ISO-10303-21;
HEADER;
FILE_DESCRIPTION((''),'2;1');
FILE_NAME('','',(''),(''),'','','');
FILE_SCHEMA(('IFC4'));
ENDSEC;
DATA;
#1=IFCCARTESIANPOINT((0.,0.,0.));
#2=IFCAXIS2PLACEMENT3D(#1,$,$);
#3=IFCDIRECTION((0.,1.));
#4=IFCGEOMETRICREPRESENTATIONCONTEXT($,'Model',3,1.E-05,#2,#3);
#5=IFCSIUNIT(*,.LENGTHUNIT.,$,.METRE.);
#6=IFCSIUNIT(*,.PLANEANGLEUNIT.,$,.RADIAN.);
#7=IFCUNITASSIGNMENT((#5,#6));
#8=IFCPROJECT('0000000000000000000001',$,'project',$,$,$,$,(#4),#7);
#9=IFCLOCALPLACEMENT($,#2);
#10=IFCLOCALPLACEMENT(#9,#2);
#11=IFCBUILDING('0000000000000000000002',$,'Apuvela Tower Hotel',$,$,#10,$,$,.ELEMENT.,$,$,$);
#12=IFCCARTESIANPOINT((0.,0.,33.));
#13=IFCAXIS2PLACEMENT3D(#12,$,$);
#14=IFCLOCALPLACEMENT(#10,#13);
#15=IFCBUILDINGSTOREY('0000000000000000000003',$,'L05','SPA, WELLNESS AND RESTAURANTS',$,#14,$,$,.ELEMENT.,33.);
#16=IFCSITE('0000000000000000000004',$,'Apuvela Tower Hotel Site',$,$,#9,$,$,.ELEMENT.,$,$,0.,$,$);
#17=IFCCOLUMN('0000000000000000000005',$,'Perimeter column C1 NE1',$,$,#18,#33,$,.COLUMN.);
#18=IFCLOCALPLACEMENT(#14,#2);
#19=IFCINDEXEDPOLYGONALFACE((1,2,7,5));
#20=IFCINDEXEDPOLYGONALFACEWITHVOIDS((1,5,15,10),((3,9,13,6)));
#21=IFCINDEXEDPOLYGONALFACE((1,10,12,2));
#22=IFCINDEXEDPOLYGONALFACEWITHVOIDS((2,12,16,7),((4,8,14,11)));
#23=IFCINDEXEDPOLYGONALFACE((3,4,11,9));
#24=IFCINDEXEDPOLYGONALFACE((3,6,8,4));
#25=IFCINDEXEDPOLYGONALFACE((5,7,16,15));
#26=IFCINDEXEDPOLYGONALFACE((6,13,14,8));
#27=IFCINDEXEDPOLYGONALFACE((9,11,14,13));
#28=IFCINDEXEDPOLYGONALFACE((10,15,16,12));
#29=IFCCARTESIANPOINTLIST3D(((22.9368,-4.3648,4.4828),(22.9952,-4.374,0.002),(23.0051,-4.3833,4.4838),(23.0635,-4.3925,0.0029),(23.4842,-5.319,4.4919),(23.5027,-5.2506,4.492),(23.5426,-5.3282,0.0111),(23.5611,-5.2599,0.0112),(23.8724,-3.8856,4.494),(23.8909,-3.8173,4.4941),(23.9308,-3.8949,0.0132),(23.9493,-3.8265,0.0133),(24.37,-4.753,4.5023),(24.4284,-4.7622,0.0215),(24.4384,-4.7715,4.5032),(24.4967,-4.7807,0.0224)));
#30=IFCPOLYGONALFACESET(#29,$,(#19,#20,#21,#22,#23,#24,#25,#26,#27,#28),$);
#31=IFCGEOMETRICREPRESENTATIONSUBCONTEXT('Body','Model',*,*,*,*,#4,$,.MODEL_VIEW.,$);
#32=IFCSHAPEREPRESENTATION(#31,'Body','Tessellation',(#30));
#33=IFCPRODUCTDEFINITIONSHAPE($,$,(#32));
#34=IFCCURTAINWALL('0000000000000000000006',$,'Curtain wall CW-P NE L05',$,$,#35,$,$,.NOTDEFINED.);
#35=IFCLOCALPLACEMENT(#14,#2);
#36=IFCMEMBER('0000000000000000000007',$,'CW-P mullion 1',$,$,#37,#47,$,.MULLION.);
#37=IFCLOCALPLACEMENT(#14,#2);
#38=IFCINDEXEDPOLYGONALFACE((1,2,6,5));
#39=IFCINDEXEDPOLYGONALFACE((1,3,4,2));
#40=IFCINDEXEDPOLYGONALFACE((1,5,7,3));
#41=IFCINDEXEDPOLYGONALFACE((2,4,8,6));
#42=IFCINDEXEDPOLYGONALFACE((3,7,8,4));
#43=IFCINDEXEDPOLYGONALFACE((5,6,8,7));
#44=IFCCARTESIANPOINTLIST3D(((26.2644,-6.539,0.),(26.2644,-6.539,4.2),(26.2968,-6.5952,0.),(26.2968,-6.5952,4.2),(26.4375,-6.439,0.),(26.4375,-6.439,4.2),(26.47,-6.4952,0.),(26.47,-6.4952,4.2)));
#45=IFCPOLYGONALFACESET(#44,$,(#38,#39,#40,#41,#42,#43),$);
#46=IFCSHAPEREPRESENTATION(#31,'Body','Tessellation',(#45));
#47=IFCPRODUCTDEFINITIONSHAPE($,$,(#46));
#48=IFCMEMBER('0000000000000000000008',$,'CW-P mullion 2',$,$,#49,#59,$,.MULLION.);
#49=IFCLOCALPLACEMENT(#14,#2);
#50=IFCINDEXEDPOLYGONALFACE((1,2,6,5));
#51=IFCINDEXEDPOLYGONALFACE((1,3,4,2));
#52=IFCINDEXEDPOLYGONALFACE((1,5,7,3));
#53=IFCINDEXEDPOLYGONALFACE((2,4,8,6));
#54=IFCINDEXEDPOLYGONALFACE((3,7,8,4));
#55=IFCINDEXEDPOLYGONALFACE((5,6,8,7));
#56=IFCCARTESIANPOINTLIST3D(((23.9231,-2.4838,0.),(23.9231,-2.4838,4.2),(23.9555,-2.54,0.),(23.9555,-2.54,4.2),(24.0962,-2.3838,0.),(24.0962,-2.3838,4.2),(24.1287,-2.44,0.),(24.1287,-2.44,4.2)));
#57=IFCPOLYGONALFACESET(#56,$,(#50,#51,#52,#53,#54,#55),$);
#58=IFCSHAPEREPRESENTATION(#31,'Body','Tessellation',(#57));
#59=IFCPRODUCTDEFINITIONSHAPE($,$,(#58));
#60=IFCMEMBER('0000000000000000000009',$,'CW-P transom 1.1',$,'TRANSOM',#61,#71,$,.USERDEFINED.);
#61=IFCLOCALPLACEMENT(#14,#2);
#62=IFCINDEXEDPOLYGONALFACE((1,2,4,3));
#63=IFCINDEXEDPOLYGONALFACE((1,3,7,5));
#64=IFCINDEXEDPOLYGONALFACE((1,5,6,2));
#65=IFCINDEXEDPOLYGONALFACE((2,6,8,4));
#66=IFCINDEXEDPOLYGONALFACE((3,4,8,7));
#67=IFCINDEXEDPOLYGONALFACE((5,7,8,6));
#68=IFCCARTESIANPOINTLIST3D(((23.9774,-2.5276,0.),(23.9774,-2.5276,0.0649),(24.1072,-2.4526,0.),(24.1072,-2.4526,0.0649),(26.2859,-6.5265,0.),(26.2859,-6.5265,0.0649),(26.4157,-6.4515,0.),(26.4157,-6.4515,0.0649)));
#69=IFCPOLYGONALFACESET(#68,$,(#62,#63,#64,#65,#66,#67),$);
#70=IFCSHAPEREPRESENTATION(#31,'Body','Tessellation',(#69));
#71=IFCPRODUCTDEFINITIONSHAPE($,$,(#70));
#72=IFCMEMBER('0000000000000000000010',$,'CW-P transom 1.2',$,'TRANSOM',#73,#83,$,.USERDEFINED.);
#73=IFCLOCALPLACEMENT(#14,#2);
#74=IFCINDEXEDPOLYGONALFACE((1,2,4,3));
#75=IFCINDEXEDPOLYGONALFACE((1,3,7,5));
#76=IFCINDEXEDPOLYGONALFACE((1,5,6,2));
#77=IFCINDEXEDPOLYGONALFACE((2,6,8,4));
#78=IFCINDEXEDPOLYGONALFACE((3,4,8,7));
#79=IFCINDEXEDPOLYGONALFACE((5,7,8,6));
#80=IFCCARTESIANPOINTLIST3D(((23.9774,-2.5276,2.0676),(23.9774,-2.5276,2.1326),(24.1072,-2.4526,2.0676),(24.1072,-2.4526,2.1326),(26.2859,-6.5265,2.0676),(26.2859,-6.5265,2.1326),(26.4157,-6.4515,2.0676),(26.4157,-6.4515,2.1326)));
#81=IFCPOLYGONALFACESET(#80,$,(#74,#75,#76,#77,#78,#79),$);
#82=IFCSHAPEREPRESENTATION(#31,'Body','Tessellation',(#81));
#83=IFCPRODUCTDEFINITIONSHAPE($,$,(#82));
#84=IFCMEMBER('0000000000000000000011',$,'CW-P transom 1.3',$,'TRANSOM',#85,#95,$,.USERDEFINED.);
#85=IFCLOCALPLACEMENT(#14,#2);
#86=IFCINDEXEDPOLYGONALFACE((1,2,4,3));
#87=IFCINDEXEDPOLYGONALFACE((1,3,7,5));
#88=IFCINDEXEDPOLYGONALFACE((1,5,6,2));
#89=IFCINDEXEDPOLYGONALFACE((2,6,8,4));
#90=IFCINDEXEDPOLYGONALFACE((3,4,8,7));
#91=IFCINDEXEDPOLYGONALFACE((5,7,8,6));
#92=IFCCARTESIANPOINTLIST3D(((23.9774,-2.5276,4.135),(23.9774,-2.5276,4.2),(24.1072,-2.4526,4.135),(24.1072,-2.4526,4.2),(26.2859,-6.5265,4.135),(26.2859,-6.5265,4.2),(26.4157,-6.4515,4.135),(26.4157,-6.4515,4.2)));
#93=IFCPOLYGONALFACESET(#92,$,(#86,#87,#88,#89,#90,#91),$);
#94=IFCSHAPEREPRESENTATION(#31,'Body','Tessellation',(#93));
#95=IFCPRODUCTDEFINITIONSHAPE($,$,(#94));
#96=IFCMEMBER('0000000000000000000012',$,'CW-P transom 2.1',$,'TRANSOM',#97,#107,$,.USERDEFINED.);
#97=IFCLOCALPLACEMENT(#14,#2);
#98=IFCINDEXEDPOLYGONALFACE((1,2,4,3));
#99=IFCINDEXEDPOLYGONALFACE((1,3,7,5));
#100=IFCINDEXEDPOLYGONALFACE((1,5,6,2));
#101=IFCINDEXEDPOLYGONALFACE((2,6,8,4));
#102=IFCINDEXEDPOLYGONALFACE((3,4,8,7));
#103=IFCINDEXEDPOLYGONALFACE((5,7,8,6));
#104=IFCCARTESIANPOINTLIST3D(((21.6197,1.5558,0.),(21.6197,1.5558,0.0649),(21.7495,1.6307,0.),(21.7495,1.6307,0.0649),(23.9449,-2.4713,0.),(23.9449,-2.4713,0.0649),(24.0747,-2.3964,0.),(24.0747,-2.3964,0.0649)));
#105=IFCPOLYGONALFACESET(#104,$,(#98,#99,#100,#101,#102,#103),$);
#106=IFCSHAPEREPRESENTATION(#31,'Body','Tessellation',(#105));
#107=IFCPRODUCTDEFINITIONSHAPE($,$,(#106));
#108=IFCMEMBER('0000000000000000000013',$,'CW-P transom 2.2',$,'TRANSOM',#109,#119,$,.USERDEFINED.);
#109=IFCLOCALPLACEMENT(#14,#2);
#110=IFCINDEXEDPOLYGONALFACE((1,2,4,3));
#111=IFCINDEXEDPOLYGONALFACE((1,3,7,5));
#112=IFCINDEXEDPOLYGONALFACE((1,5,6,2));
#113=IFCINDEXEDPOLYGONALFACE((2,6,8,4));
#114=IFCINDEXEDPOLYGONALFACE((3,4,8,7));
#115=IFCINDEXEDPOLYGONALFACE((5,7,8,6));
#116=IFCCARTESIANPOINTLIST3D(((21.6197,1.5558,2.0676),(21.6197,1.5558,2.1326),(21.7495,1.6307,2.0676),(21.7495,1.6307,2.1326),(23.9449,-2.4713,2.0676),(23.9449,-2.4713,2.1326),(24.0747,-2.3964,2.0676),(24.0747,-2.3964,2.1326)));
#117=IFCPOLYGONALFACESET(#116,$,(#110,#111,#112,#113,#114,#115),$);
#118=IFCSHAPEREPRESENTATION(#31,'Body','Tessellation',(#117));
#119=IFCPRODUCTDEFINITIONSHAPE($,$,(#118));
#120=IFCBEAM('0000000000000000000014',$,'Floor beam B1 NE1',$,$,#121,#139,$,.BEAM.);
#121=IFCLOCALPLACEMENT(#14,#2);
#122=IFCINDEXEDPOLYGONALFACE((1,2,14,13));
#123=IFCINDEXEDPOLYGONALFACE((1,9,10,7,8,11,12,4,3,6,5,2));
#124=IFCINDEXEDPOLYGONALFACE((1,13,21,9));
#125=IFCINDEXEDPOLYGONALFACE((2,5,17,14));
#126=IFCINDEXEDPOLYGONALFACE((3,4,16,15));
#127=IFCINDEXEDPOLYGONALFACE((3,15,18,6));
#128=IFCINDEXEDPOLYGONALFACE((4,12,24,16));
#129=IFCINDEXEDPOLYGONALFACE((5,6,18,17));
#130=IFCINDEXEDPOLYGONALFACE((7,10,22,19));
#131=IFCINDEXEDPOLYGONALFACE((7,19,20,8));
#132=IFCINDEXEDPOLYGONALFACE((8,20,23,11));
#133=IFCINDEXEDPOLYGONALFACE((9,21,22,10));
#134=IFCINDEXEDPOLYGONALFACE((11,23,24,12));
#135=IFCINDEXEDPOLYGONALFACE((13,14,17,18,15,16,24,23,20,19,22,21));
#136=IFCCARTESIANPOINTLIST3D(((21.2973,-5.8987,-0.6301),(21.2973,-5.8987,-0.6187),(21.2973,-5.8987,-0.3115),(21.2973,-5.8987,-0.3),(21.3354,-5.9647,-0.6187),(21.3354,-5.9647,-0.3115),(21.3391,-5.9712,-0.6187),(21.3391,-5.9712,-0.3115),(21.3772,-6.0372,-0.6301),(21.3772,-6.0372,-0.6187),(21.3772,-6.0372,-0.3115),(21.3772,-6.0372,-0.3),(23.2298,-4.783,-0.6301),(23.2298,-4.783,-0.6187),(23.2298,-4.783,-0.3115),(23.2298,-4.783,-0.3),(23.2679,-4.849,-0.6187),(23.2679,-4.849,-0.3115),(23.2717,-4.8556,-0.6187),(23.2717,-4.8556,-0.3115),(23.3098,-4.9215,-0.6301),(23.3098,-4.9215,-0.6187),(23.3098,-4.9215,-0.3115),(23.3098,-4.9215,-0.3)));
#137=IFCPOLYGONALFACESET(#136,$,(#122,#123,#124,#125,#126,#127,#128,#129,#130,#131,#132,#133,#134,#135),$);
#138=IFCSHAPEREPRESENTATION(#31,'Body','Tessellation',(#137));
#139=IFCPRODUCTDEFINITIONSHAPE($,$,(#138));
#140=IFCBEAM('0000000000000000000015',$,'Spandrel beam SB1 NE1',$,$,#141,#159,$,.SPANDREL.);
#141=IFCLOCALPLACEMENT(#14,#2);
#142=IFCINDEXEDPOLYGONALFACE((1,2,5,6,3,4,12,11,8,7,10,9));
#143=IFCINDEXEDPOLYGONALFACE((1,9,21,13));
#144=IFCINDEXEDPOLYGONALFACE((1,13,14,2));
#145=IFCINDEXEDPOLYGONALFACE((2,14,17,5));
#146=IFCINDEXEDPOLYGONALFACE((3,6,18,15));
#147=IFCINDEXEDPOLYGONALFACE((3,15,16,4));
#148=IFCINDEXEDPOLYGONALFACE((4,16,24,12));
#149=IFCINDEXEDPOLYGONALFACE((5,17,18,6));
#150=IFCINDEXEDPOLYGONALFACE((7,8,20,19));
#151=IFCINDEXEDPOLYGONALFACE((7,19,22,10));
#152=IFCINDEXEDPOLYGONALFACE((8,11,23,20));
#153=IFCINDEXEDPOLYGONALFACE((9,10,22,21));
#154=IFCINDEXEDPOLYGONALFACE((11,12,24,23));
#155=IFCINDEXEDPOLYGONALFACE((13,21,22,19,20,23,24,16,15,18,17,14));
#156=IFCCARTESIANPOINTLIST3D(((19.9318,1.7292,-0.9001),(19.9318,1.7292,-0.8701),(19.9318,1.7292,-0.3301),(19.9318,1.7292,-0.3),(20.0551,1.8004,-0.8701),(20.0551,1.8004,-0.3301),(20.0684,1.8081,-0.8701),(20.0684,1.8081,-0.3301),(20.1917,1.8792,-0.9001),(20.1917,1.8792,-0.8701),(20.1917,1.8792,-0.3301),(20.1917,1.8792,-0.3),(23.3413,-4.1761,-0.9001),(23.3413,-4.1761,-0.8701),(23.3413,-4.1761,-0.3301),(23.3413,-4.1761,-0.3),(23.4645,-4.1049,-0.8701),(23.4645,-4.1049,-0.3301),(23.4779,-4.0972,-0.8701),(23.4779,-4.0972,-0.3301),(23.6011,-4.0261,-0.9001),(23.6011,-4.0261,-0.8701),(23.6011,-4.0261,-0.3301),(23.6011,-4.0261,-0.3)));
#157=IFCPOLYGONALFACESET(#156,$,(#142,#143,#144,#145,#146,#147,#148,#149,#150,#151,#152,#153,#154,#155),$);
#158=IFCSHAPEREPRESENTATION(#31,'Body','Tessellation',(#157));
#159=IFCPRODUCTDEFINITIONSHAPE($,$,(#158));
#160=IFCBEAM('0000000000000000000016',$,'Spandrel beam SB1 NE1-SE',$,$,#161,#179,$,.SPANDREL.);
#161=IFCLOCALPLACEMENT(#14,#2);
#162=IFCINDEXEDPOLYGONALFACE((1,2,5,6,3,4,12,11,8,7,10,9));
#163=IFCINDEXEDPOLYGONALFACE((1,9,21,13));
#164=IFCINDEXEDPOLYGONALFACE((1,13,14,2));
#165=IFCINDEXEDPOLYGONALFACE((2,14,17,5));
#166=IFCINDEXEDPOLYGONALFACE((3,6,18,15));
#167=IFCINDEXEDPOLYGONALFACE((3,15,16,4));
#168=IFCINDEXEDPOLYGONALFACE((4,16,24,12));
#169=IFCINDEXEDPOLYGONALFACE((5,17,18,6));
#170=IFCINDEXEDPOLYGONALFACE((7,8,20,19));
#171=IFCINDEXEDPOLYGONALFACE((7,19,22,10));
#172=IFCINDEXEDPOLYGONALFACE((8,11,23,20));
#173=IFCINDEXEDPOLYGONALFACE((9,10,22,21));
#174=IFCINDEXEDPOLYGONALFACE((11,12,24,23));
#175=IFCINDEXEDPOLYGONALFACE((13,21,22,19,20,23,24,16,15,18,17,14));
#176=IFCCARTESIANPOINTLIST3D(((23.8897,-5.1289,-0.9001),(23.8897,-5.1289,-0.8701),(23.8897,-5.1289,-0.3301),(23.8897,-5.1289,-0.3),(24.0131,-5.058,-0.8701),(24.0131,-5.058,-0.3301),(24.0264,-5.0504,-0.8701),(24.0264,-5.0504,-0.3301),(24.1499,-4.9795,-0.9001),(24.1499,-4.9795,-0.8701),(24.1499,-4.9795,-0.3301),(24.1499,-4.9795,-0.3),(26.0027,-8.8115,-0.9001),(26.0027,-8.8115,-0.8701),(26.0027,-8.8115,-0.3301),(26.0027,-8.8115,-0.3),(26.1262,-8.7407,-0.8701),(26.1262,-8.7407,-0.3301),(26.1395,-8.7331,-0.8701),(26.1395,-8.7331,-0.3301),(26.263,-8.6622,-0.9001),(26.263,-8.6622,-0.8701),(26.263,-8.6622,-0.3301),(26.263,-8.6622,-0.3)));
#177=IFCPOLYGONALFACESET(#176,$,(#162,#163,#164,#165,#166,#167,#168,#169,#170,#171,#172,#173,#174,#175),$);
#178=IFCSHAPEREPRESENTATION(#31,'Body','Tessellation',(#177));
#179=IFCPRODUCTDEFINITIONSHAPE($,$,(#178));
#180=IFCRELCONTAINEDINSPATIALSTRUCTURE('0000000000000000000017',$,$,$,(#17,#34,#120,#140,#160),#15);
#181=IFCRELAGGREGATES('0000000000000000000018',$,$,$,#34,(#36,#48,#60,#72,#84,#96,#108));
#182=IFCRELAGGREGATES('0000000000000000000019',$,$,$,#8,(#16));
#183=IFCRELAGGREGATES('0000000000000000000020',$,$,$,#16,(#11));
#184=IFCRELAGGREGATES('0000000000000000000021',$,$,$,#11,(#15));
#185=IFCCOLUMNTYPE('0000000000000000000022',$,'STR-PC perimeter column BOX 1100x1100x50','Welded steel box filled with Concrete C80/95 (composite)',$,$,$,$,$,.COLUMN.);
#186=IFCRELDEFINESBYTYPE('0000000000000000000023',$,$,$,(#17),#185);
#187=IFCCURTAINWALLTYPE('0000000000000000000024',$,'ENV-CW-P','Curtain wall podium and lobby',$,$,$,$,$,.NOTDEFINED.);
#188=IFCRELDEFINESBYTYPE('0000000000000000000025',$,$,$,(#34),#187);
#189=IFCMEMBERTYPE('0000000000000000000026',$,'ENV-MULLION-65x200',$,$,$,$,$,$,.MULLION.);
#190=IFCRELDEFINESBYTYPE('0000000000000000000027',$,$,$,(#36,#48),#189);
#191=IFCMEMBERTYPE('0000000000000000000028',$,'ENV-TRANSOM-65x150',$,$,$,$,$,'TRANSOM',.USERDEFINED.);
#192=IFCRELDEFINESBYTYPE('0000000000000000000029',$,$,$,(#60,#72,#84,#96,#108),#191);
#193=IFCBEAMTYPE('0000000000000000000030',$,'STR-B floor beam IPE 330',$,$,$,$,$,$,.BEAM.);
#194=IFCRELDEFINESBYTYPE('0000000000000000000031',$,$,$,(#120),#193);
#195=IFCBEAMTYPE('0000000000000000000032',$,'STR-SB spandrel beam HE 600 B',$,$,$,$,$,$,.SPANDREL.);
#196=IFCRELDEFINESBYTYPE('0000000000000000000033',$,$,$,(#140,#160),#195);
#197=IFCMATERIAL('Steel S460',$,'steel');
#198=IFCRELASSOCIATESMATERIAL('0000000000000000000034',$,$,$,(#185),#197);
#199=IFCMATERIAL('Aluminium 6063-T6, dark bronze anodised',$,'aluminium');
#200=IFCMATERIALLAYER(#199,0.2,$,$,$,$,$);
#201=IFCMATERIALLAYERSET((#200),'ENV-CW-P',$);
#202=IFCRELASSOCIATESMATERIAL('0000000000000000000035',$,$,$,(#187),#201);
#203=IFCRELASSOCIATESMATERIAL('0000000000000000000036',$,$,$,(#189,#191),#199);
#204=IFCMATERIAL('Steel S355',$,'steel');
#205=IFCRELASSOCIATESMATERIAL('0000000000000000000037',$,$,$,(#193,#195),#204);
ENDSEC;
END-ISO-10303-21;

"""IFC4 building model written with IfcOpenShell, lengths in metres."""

from ifc_helpers import new_model, si_unit, direction, frame, origin, origin_2d, place, context, subcontext, project, spatial, rectangle, hollow_rectangle, i_section, extrude, boolean, halfspace, material, layer, layer_set, material_profile, profile_set, type_object, element, aggregate, save


model = new_model("IFC4")

# Units and contexts
model_context = context("Model", 3, precision=1e-05, world=origin(), true_north=direction((0.0, 1.0)))
body_context = subcontext(model_context, "Body", "Model", "MODEL_VIEW")
ifc_project = project(units=[si_unit("LENGTHUNIT", "METRE"), si_unit("PLANEANGLEUNIT", "RADIAN")], contexts=[model_context])

# Site, building, storey
site_placement = place(None, origin())
site = spatial("IfcSite", under=ifc_project, at=site_placement, Name="Apuvela Tower Hotel Site", CompositionType="ELEMENT", RefElevation=0.0)
building_placement = place(site_placement, origin())
building = spatial("IfcBuilding", under=site, at=building_placement, Name="Apuvela Tower Hotel", CompositionType="ELEMENT")
storey_placement = place(building_placement, frame((0.0, 0.0, 33.0)))
storey = spatial("IfcBuildingStorey", under=building, at=storey_placement, Name="L05", Description="SPA, WELLNESS AND RESTAURANTS", CompositionType="ELEMENT", Elevation=33.0)

# Column
ifc_material_1 = material(Name="Steel S460", Category="steel")
ifc_material_profile_1 = material_profile(ifc_material_1, hollow_rectangle(XDim=1.1001, YDim=1.1001, WallThickness=0.05, at=origin_2d()), Name="BOX 1100x1100x50")
ifc_material_2 = material(Name="Concrete C80/95", Category="concrete")
ifc_material_profile_2 = material_profile(ifc_material_2, rectangle(XDim=1.0, YDim=1.0, at=origin_2d()), Name="Concrete C80/95 infill")
ifc_profile_set_1 = profile_set([ifc_material_profile_1, ifc_material_profile_2], Name="Steel S460")
column_type = type_object("IfcColumnType", Name="STR-PC perimeter column BOX 1100x1100x50", Description="Welded steel box filled with Concrete C80/95 (composite)", PredefinedType="COLUMN", material=ifc_profile_set_1)
column_placement = place(storey_placement, frame((23.7461, -4.5774, 0.0), z_axis=(-0.01302, 0.002061, 0.999913), x_axis=(0.497599, -0.867368, 0.008267)))
element("IfcColumn", 1, at=column_placement, inside=storey, type_object=column_type, Name="Perimeter column C1 NE1", PredefinedType="COLUMN", context=body_context, shape_type="SweptSolid", body=[
    boolean("DIFFERENCE", boolean("DIFFERENCE", extrude(hollow_rectangle(XDim=1.1001, YDim=1.1001, WallThickness=0.05, at=origin_2d()), origin(), (0.0, 0.0, 1.0), 4.5005), halfspace(frame((0.0, 0.0, 0.0122), z_axis=(0.0, 0.0, 1.0), x_axis=(1.0, 0.0, 0.0)), True)), halfspace(frame((0.0, 0.0, 4.4934), z_axis=(0.0, 0.0, 1.0), x_axis=(1.0, 0.0, 0.0)), False)),
])

# Curtain wall, members
ifc_material_3 = material(Name="Aluminium 6063-T6, dark bronze anodised", Category="aluminium")
ifc_layer_1 = layer(ifc_material_3, 0.2)
ifc_layer_set_1 = layer_set([ifc_layer_1], Name="ENV-CW-P")
curtain_wall_type = type_object("IfcCurtainWallType", Name="ENV-CW-P", Description="Curtain wall podium and lobby", PredefinedType="NOTDEFINED", material=ifc_layer_set_1)
curtain_wall_placement = place(storey_placement, origin())
curtain_wall = element("IfcCurtainWall", 2, at=curtain_wall_placement, inside=storey, type_object=curtain_wall_type, Name="Curtain wall CW-P NE L05", PredefinedType="NOTDEFINED")
ifc_material_profile_3 = material_profile(ifc_material_3, rectangle(XDim=0.2, YDim=0.0649, at=origin_2d()), Name="AL 65x200")
ifc_profile_set_2 = profile_set([ifc_material_profile_3], Name="Aluminium 6063-T6, dark bronze anodised")
member_type_1 = type_object("IfcMemberType", Name="ENV-MULLION-65x200", PredefinedType="MULLION", material=ifc_profile_set_2)
member_1_placement = place(storey_placement, frame((26.3672, -6.5171, 0.0), z_axis=(0.0, 0.0, 1.0), x_axis=(-0.866026, -0.5, 0.0)))
member_1 = element("IfcMember", 3, at=member_1_placement, type_object=member_type_1, Name="CW-P mullion 1", PredefinedType="MULLION", context=body_context, shape_type="SweptSolid", body=[
    extrude(rectangle(XDim=0.2, YDim=0.0649, at=origin_2d()), origin(), (0.0, 0.0, 1.0), 4.2),
])
member_2_placement = place(storey_placement, frame((24.0259, -2.4619, 0.0), z_axis=(0.0, 0.0, 1.0), x_axis=(-0.866026, -0.5, 0.0)))
member_2 = element("IfcMember", 4, at=member_2_placement, type_object=member_type_1, Name="CW-P mullion 2", PredefinedType="MULLION", context=body_context, shape_type="SweptSolid", body=[
    extrude(rectangle(XDim=0.2, YDim=0.0649, at=origin_2d()), origin(), (0.0, 0.0, 1.0), 4.2),
])
ifc_material_profile_4 = material_profile(ifc_material_3, rectangle(XDim=0.1499, YDim=0.0649, at=origin_2d()), Name="AL 65x150 transom")
ifc_profile_set_3 = profile_set([ifc_material_profile_4], Name="Aluminium 6063-T6, dark bronze anodised")
member_type_2 = type_object("IfcMemberType", Name="ENV-TRANSOM-65x150", ElementType="TRANSOM", PredefinedType="USERDEFINED", material=ifc_profile_set_3)
member_3_placement = place(storey_placement, frame((26.3508, -6.489, 0.0325), z_axis=(-0.49996, 0.866048, 0.0), x_axis=(-0.866048, -0.49996, 0.0)))
member_3 = element("IfcMember", 5, at=member_3_placement, type_object=member_type_2, Name="CW-P transom 1.1", ObjectType="TRANSOM", PredefinedType="USERDEFINED", context=body_context, shape_type="SweptSolid", body=[
    extrude(rectangle(XDim=0.1499, YDim=0.0649, at=origin_2d()), origin(), (0.0, 0.0, 1.0), 4.6174),
])
member_4_placement = place(storey_placement, frame((26.3508, -6.489, 2.1001), z_axis=(-0.49996, 0.866048, 0.0), x_axis=(-0.866048, -0.49996, 0.0)))
member_4 = element("IfcMember", 6, at=member_4_placement, type_object=member_type_2, Name="CW-P transom 1.2", ObjectType="TRANSOM", PredefinedType="USERDEFINED", context=body_context, shape_type="SweptSolid", body=[
    extrude(rectangle(XDim=0.1499, YDim=0.0649, at=origin_2d()), origin(), (0.0, 0.0, 1.0), 4.6174),
])
member_5_placement = place(storey_placement, frame((26.3508, -6.489, 4.1675), z_axis=(-0.49996, 0.866048, 0.0), x_axis=(-0.866048, -0.49996, 0.0)))
member_5 = element("IfcMember", 7, at=member_5_placement, type_object=member_type_2, Name="CW-P transom 1.3", ObjectType="TRANSOM", PredefinedType="USERDEFINED", context=body_context, shape_type="SweptSolid", body=[
    extrude(rectangle(XDim=0.1499, YDim=0.0649, at=origin_2d()), origin(), (0.0, 0.0, 1.0), 4.6174),
])
member_6_placement = place(storey_placement, frame((24.0098, -2.4338, 0.0325), z_axis=(-0.500024, 0.866012, 0.0), x_axis=(-0.866012, -0.500024, 0.0)))
member_6 = element("IfcMember", 8, at=member_6_placement, type_object=member_type_2, Name="CW-P transom 2.1", ObjectType="TRANSOM", PredefinedType="USERDEFINED", context=body_context, shape_type="SweptSolid", body=[
    extrude(rectangle(XDim=0.1499, YDim=0.0649, at=origin_2d()), origin(), (0.0, 0.0, 1.0), 4.6501),
])
member_7_placement = place(storey_placement, frame((24.0098, -2.4338, 2.1001), z_axis=(-0.500024, 0.866012, 0.0), x_axis=(-0.866012, -0.500024, 0.0)))
member_7 = element("IfcMember", 9, at=member_7_placement, type_object=member_type_2, Name="CW-P transom 2.2", ObjectType="TRANSOM", PredefinedType="USERDEFINED", context=body_context, shape_type="SweptSolid", body=[
    extrude(rectangle(XDim=0.1499, YDim=0.0649, at=origin_2d()), origin(), (0.0, 0.0, 1.0), 4.6501),
])

# Beams
ifc_material_4 = material(Name="Steel S355", Category="steel")
ifc_material_profile_5 = material_profile(ifc_material_4, i_section(OverallWidth=0.1599, OverallDepth=0.3301, WebThickness=0.0076, FlangeThickness=0.0115, at=origin_2d()), Name="IPE 330")
ifc_profile_set_4 = profile_set([ifc_material_profile_5], Name="Steel S355")
beam_type_1 = type_object("IfcBeamType", Name="STR-B floor beam IPE 330", PredefinedType="BEAM", material=ifc_profile_set_4)
beam_1_placement = place(storey_placement, frame((23.2698, -4.8523, -0.4651), z_axis=(-0.86604, -0.499975, 0.0), x_axis=(0.499975, -0.86604, 0.0)))
element("IfcBeam", 10, at=beam_1_placement, inside=storey, type_object=beam_type_1, Name="Floor beam B1 NE1", PredefinedType="BEAM", context=body_context, shape_type="SweptSolid", body=[
    extrude(i_section(OverallWidth=0.1599, OverallDepth=0.3301, WebThickness=0.0076, FlangeThickness=0.0115, at=origin_2d()), origin(), (0.0, 0.0, 1.0), 2.2314),
])
ifc_material_profile_6 = material_profile(ifc_material_4, i_section(OverallWidth=0.3, OverallDepth=0.6001, WebThickness=0.0154, FlangeThickness=0.03, at=origin_2d()), Name="HE 600 B")
ifc_profile_set_5 = profile_set([ifc_material_profile_6], Name="Steel S355")
beam_type_2 = type_object("IfcBeamType", Name="STR-SB spandrel beam HE 600 B", PredefinedType="SPANDREL", material=ifc_profile_set_5)
beam_2_placement = place(storey_placement, frame((23.4712, -4.1011, -0.6001), z_axis=(-0.500001, 0.866025, 0.0), x_axis=(-0.866025, -0.500001, 0.0)))
element("IfcBeam", 11, at=beam_2_placement, inside=storey, type_object=beam_type_2, Name="Spandrel beam SB1 NE1", PredefinedType="SPANDREL", context=body_context, shape_type="SweptSolid", body=[
    extrude(i_section(OverallWidth=0.3, OverallDepth=0.6001, WebThickness=0.0154, FlangeThickness=0.03, at=origin_2d()), origin(), (0.0, 0.0, 1.0), 6.8188),
])
beam_3_placement = place(storey_placement, frame((24.0198, -5.0542, -0.6001), z_axis=(0.49768, -0.867361, 0.0), x_axis=(0.867361, 0.49768, 0.0)))
element("IfcBeam", 12, at=beam_3_placement, inside=storey, type_object=beam_type_2, Name="Spandrel beam SB1 NE1-SE", PredefinedType="SPANDREL", context=body_context, shape_type="SweptSolid", body=[
    extrude(i_section(OverallWidth=0.3, OverallDepth=0.6001, WebThickness=0.0154, FlangeThickness=0.03, at=origin_2d()), origin(), (0.0, 0.0, 1.0), 4.2458),
])

aggregate(curtain_wall, [member_1, member_2, member_3, member_4, member_5, member_6, member_7])

save(model, "model.ifc")
